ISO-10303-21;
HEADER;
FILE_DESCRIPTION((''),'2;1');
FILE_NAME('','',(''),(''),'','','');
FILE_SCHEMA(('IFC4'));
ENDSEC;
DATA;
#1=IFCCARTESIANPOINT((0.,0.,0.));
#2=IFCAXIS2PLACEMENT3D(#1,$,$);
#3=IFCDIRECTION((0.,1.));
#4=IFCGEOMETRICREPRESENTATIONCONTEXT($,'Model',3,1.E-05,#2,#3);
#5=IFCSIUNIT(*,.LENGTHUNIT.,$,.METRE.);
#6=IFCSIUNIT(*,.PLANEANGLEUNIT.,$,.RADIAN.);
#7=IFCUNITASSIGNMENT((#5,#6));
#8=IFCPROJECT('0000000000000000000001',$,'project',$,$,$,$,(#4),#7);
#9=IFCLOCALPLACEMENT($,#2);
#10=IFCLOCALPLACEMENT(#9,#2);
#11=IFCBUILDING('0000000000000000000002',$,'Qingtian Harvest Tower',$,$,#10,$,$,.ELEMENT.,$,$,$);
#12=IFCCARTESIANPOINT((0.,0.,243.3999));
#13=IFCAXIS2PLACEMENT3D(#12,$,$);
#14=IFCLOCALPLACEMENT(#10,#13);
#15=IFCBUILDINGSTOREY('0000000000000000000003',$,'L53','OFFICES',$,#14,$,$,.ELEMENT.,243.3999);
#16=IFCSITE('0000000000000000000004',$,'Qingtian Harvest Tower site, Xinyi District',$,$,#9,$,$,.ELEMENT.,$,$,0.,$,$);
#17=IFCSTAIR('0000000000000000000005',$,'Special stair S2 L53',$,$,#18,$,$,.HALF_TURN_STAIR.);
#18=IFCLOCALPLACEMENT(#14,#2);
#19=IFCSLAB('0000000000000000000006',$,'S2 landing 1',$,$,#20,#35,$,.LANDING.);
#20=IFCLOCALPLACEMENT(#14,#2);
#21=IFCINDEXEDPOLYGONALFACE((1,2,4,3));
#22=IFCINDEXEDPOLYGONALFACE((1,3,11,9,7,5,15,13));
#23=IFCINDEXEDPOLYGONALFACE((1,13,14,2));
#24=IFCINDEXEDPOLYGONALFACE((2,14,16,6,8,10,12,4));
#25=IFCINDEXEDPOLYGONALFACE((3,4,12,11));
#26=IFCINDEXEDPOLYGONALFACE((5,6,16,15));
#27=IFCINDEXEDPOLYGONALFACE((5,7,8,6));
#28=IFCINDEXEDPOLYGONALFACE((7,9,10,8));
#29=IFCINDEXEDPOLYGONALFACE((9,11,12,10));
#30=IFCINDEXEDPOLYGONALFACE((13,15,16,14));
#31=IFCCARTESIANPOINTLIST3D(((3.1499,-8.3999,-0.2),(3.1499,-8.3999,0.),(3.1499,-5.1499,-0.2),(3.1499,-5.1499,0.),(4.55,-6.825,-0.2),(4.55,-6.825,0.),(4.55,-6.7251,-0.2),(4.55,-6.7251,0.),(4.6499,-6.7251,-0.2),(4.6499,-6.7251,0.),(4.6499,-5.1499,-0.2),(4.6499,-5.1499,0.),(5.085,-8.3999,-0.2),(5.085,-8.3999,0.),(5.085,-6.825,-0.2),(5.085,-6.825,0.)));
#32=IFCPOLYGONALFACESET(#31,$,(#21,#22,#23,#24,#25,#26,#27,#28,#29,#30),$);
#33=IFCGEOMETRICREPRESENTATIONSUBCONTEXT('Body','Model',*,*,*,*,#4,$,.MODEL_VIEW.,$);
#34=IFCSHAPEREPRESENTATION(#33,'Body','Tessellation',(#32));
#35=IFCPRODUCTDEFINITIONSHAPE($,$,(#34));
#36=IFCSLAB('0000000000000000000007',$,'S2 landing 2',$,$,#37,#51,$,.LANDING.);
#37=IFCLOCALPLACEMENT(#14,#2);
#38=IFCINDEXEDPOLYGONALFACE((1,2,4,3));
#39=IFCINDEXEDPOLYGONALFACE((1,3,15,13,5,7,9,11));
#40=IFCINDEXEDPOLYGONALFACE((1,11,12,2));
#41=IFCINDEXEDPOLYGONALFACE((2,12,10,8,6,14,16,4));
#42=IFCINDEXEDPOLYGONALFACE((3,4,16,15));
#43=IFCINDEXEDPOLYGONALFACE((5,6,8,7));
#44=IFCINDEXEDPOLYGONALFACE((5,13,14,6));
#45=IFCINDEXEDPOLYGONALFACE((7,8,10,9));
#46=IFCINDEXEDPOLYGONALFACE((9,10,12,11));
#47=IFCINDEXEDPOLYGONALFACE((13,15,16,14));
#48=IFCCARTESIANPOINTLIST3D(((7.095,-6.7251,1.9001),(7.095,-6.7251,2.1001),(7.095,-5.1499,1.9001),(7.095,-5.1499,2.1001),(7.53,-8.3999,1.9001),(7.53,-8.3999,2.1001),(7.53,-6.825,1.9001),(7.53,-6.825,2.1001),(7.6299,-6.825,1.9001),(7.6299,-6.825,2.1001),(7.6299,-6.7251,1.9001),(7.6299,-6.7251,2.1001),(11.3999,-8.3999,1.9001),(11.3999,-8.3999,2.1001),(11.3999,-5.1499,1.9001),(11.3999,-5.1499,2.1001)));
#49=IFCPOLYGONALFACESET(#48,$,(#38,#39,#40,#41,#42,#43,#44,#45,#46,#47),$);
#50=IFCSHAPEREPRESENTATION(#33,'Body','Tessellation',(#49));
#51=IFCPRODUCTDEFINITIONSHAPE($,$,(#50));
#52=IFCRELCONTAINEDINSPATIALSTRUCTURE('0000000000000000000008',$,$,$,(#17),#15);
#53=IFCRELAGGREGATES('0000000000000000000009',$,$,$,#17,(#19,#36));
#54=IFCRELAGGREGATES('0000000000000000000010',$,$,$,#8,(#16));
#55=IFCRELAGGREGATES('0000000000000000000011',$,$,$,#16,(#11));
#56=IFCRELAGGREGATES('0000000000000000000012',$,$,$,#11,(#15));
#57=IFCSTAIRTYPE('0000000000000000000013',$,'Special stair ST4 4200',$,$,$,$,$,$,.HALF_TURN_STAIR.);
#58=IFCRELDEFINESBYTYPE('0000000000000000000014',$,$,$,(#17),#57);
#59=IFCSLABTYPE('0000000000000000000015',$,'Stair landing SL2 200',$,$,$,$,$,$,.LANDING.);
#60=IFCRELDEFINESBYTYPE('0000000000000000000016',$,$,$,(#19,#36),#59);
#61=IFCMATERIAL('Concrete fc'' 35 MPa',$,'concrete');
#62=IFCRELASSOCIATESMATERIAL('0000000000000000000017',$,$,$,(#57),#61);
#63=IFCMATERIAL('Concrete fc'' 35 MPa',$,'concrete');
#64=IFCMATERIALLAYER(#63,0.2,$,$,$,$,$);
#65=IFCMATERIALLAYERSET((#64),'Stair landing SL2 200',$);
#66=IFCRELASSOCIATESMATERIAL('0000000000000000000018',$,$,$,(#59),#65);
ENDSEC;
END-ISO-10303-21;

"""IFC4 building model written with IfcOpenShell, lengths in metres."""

from ifc_helpers import new_model, si_unit, direction, frame, origin, place, context, subcontext, project, spatial, polyline, outline, extrude, material, layer, layer_set, type_object, element, aggregate, save


model = new_model("IFC4")

# Units and contexts
model_context = context("Model", 3, precision=1e-05, world=origin(), true_north=direction((0.0, 1.0)))
body_context = subcontext(model_context, "Body", "Model", "MODEL_VIEW")
ifc_project = project(units=[si_unit("LENGTHUNIT", "METRE"), si_unit("PLANEANGLEUNIT", "RADIAN")], contexts=[model_context])

# Site, building, storey
site_placement = place(None, origin())
site = spatial("IfcSite", under=ifc_project, at=site_placement, Name="Qingtian Harvest Tower site, Xinyi District", CompositionType="ELEMENT", RefElevation=0.0)
building_placement = place(site_placement, origin())
building = spatial("IfcBuilding", under=site, at=building_placement, Name="Qingtian Harvest Tower", CompositionType="ELEMENT")
storey_placement = place(building_placement, frame((0.0, 0.0, 243.3999)))
storey = spatial("IfcBuildingStorey", under=building, at=storey_placement, Name="L53", Description="OFFICES", CompositionType="ELEMENT", Elevation=243.3999)

# Stair, slabs
ifc_material_1 = material(Name="Concrete fc' 35 MPa", Category="concrete")
stair_type = type_object("IfcStairType", Name="Special stair ST4 4200", PredefinedType="HALF_TURN_STAIR", material=ifc_material_1)
ifc_material_2 = material(Name="Concrete fc' 35 MPa", Category="concrete")
ifc_layer_1 = layer(ifc_material_2, 0.2)
ifc_layer_set_1 = layer_set([ifc_layer_1], Name="Stair landing SL2 200")
slab_type_1 = type_object("IfcSlabType", Name="Stair landing SL2 200", PredefinedType="LANDING", material=ifc_layer_set_1)
stair_1_placement = place(storey_placement, origin())
stair_1 = element("IfcStair", 1, at=stair_1_placement, inside=storey, type_object=stair_type, Name="Special stair S2 L53", PredefinedType="HALF_TURN_STAIR")
slab_1_placement = place(storey_placement, frame((0.0, 0.0, -0.2)))
slab_1 = element("IfcSlab", 2, at=slab_1_placement, type_object=slab_type_1, Name="S2 landing 1", PredefinedType="LANDING", context=body_context, shape_type="SweptSolid", body=[
    extrude(outline(polyline([(5.085, -8.3999), (3.1499, -8.3999), (3.1499, -5.1499), (4.6499, -5.1499), (4.6499, -6.7251), (4.55, -6.7251), (4.55, -6.825), (5.085, -6.825), (5.085, -8.3999)])), origin(), (0.0, 0.0, 1.0), 0.2),
])
slab_2_placement = place(storey_placement, frame((0.0, 0.0, 1.9001)))
slab_2 = element("IfcSlab", 3, at=slab_2_placement, type_object=slab_type_1, Name="S2 landing 2", PredefinedType="LANDING", context=body_context, shape_type="SweptSolid", body=[
    extrude(outline(polyline([(7.53, -8.3999), (7.53, -6.825), (7.6299, -6.825), (7.6299, -6.7251), (7.095, -6.7251), (7.095, -5.1499), (11.3999, -5.1499), (11.3999, -8.3999), (7.53, -8.3999)])), origin(), (0.0, 0.0, 1.0), 0.2),
])
aggregate(stair_1, [slab_1, slab_2])

save(model, "model.ifc")
